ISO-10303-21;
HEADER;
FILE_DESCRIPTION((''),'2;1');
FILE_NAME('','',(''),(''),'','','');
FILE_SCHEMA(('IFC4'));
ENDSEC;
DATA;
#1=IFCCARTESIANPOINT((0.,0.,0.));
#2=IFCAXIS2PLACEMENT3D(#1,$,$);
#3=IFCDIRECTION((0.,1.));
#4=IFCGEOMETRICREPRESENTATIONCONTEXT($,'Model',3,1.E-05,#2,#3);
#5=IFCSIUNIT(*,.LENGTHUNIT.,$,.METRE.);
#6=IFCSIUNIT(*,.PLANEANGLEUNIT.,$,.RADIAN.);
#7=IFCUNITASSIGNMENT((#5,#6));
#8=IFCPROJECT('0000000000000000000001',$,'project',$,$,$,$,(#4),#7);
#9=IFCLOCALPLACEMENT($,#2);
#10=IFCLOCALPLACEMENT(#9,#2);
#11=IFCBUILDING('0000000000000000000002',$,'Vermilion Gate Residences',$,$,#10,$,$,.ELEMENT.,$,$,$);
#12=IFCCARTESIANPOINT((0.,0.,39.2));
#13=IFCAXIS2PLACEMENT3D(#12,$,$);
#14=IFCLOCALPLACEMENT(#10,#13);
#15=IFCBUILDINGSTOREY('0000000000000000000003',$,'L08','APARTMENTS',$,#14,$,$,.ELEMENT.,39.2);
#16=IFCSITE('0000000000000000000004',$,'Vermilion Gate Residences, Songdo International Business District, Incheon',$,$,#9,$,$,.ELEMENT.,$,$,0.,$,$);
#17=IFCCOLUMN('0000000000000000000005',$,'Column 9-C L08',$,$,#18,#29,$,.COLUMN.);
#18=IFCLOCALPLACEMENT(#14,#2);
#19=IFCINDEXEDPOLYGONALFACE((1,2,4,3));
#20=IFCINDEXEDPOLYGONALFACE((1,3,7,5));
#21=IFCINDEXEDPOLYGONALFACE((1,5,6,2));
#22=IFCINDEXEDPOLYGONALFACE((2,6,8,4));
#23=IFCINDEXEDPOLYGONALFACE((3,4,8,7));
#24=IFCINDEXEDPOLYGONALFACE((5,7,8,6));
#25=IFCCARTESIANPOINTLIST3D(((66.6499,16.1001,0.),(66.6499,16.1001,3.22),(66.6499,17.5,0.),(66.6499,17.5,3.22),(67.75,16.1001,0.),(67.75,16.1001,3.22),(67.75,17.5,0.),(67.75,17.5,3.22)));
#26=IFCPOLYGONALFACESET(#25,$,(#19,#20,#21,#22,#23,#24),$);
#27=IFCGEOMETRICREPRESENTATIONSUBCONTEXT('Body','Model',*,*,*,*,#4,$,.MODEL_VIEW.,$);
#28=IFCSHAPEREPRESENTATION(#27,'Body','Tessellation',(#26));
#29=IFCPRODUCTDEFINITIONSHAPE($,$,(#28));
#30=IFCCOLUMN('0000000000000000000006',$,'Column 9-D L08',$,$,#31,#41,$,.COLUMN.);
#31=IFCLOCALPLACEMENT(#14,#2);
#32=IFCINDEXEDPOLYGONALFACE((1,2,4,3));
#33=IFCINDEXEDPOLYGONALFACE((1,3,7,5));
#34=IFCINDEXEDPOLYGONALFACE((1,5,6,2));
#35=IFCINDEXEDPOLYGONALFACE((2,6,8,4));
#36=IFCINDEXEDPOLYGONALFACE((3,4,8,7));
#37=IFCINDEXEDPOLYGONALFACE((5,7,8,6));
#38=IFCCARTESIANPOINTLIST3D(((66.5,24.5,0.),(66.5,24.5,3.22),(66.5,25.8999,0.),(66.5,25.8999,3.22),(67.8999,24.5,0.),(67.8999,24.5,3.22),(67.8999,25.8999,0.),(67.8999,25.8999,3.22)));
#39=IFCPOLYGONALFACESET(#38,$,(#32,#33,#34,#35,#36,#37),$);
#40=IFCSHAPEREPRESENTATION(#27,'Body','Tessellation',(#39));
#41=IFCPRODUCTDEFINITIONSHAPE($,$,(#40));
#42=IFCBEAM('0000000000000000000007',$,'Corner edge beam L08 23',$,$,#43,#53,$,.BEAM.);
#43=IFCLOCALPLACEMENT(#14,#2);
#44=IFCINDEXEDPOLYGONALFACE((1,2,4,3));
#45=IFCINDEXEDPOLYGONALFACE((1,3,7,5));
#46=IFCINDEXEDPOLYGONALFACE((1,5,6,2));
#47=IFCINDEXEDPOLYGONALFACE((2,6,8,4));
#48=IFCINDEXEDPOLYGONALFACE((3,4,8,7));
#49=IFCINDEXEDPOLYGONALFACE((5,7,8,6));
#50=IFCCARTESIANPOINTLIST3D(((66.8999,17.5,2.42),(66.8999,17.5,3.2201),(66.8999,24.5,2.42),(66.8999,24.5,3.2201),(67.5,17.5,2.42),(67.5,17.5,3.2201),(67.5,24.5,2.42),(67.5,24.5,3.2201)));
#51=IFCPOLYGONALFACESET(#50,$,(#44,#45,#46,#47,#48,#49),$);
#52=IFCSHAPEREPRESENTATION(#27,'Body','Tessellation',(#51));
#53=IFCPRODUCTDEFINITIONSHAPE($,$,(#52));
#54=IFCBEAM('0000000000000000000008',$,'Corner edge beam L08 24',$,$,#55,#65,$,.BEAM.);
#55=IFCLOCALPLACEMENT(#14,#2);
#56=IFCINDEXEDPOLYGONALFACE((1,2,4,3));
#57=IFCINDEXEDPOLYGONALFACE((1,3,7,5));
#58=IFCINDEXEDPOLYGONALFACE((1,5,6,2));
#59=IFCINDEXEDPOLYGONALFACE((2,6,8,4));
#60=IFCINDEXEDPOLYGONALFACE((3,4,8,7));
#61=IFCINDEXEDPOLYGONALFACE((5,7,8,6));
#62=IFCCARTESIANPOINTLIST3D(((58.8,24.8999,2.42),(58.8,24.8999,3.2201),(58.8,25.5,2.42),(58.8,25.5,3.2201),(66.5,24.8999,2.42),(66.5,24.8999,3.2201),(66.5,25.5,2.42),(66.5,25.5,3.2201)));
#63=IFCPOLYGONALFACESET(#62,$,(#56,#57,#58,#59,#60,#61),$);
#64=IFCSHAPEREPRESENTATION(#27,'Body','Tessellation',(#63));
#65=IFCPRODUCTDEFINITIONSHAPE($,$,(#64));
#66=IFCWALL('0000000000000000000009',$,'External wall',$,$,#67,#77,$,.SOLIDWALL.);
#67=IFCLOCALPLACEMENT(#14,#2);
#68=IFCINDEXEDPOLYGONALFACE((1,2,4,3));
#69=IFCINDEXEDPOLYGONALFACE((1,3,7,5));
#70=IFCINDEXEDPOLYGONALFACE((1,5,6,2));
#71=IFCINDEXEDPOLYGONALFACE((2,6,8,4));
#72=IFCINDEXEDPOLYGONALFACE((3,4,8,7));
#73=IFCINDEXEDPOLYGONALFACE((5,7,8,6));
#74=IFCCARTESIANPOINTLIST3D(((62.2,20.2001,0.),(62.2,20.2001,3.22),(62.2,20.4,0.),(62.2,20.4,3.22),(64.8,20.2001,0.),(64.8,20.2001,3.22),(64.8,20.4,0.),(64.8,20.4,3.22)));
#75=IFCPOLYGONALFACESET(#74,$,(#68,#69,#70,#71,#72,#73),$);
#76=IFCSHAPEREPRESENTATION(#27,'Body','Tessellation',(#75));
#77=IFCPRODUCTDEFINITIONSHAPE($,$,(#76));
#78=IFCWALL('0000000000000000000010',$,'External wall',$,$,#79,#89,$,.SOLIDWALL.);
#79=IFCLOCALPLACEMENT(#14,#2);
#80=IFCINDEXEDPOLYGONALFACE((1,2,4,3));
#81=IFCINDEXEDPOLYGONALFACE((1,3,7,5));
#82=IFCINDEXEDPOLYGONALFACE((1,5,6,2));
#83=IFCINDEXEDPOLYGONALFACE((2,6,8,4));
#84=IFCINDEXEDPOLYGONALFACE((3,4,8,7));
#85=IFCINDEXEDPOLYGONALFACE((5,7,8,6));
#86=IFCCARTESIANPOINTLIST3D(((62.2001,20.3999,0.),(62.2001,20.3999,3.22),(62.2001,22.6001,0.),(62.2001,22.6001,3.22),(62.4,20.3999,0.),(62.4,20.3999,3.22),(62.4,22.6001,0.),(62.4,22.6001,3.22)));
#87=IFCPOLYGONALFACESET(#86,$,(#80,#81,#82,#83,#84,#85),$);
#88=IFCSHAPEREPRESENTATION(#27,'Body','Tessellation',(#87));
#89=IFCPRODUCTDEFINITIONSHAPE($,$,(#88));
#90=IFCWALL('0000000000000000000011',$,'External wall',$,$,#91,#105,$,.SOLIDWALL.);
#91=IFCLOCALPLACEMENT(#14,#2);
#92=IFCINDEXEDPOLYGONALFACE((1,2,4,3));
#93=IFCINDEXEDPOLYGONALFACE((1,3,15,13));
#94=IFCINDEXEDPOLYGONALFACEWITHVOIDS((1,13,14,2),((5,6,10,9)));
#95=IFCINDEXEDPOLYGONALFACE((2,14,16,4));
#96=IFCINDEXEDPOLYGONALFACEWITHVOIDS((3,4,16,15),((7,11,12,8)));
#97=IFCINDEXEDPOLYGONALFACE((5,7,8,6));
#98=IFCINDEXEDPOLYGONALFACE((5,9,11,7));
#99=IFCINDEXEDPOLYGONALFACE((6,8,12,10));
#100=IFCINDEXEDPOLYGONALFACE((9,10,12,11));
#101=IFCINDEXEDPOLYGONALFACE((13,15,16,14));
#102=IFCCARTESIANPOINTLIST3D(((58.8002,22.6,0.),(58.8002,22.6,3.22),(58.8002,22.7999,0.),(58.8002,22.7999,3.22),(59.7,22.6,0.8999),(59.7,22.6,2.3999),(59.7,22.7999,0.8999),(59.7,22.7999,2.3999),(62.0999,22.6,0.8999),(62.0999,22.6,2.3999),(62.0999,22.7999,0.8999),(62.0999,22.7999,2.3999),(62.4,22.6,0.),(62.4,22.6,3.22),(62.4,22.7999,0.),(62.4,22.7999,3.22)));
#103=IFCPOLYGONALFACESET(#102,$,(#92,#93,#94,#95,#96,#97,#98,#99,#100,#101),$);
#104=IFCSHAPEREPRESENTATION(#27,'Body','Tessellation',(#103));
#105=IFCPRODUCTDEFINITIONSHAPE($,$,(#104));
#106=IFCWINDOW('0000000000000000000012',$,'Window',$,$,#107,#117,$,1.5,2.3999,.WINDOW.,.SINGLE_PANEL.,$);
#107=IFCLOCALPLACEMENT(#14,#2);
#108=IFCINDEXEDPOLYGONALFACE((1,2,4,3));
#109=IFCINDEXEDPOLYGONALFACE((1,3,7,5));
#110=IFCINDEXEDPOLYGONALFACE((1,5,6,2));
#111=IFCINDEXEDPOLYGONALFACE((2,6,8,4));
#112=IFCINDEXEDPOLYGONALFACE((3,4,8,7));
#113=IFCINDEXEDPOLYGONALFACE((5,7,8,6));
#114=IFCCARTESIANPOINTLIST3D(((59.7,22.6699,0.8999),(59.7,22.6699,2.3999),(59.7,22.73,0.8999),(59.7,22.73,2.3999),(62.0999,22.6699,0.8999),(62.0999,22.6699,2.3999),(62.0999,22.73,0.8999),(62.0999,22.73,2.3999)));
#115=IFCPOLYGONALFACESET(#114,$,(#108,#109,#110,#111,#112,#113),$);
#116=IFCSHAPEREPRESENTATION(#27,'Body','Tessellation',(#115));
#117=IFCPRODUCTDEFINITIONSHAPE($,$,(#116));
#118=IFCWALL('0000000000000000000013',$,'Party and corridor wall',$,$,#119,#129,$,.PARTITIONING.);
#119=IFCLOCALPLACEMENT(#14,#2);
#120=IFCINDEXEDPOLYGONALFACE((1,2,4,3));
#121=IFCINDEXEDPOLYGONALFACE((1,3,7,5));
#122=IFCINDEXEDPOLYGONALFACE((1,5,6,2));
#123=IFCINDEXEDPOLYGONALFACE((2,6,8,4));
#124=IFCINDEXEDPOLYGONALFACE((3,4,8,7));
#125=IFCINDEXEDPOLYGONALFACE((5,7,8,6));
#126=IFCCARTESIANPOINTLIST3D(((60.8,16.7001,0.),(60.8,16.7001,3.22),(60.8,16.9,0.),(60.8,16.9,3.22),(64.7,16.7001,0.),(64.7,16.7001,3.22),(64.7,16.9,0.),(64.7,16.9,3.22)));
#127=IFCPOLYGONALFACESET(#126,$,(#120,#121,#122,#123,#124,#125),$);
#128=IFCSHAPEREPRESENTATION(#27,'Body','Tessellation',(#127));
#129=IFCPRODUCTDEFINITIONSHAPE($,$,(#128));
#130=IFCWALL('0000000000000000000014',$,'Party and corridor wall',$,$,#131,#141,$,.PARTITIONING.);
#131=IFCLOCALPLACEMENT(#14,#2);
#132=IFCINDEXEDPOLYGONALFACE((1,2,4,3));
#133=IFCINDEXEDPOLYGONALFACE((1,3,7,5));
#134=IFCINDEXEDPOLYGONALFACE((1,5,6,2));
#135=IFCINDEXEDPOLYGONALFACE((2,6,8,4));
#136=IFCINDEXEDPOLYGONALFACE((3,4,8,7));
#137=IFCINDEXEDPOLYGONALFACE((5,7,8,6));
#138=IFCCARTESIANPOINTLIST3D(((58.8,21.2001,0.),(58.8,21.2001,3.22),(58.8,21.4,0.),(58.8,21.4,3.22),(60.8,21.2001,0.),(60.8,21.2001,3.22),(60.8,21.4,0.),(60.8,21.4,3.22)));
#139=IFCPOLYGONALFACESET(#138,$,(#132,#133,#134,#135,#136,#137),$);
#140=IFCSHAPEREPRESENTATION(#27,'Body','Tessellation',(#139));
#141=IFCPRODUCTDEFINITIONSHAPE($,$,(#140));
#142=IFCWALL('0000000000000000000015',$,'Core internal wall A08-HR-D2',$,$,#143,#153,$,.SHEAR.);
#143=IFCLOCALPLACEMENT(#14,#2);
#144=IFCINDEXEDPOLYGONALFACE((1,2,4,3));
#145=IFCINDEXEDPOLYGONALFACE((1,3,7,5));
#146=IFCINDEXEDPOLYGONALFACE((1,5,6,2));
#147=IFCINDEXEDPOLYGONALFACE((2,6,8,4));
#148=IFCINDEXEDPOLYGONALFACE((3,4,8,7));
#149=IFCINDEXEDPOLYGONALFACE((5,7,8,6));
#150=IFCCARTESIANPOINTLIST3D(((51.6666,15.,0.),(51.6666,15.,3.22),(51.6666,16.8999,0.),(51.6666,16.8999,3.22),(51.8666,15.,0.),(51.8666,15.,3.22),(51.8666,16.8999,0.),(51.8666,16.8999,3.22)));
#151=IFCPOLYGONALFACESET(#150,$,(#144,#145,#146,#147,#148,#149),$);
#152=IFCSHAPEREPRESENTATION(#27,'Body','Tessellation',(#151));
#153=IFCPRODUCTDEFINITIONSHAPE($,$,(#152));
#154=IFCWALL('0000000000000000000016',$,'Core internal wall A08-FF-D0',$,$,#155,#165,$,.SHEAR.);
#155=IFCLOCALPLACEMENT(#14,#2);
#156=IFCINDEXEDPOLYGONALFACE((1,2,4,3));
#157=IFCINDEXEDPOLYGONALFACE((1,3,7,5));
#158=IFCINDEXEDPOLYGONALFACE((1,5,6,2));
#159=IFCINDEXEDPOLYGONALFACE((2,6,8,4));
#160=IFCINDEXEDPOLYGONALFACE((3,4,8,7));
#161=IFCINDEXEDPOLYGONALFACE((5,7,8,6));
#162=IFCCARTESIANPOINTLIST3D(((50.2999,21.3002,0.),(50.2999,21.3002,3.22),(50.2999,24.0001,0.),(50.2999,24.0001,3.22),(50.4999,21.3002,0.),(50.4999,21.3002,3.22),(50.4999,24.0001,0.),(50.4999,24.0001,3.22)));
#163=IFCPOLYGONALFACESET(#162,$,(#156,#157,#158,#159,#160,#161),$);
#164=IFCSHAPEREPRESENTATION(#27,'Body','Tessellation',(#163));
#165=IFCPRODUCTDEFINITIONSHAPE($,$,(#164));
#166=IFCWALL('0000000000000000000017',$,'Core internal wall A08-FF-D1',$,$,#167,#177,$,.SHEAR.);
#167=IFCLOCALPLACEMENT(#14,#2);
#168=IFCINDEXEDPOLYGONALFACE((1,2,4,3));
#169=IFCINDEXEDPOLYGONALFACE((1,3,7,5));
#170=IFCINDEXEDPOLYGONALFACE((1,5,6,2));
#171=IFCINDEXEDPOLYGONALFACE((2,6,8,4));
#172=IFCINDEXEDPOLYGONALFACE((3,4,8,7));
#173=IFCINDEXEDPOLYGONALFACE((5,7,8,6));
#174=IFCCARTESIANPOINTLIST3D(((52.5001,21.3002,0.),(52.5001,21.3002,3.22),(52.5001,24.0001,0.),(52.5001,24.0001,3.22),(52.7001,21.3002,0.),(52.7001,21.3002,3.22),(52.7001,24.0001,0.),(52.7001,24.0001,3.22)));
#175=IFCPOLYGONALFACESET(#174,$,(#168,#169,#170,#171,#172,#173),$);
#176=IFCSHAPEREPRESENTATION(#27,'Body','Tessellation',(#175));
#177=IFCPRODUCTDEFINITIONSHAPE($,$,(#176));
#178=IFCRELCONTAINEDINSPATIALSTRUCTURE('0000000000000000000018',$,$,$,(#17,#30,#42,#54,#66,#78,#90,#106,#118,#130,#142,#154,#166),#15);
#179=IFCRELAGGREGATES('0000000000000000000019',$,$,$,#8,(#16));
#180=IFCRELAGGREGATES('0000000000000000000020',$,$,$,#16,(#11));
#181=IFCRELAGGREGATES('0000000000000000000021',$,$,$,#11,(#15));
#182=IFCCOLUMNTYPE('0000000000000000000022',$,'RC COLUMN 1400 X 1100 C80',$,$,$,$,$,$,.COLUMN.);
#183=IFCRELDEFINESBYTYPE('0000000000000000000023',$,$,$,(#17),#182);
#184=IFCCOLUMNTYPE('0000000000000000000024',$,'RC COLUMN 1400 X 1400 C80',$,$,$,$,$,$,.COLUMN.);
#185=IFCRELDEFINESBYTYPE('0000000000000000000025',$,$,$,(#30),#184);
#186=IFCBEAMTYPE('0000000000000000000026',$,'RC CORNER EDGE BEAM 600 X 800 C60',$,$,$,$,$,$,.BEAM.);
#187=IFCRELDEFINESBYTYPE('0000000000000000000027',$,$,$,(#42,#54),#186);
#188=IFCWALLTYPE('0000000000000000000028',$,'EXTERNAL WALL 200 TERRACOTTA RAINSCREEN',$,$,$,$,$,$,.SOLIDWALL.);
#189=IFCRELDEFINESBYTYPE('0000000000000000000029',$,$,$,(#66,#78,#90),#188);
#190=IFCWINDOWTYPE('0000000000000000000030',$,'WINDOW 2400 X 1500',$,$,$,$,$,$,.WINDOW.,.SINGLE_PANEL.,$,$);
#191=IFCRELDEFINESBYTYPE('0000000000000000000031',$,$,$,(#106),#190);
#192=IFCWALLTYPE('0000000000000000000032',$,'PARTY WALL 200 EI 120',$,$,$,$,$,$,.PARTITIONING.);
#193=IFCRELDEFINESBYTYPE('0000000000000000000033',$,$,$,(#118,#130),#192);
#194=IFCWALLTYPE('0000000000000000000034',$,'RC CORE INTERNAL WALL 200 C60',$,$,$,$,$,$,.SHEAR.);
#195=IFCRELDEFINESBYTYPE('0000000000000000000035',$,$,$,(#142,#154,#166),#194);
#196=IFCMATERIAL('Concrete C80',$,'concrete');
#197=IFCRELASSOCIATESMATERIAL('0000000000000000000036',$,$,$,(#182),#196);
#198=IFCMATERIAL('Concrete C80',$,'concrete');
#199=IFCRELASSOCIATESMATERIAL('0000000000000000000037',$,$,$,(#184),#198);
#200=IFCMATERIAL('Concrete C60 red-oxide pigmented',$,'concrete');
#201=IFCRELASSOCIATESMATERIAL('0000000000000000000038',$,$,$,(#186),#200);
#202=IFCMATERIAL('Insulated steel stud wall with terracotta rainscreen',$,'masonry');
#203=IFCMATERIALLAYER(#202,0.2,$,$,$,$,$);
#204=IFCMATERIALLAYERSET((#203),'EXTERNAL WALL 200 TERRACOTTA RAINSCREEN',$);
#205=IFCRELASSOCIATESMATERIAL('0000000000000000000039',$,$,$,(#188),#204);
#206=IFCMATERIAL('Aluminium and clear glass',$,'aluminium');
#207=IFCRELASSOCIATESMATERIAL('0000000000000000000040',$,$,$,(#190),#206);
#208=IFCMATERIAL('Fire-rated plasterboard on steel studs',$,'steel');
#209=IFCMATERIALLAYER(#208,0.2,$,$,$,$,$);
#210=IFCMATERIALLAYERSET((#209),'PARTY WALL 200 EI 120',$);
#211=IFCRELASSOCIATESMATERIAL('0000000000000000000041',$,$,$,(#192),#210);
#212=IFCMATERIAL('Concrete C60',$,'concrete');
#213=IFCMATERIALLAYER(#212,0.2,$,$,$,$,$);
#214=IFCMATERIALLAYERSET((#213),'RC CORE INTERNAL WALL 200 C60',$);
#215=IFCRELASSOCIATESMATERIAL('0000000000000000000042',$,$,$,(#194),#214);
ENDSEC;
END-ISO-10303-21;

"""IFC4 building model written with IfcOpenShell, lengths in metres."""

from ifc_helpers import new_model, si_unit, direction, frame, frame_2d, origin, origin_2d, place, context, subcontext, project, spatial, rectangle, extrude, material, layer, layer_set, material_profile, profile_set, type_object, element, fill, save


model = new_model("IFC4")

# Units and contexts
model_context = context("Model", 3, precision=1e-05, world=origin(), true_north=direction((0.0, 1.0)))
body_context = subcontext(model_context, "Body", "Model", "MODEL_VIEW")
ifc_project = project(units=[si_unit("LENGTHUNIT", "METRE"), si_unit("PLANEANGLEUNIT", "RADIAN")], contexts=[model_context])

# Site, building, storey
site_placement = place(None, origin())
site = spatial("IfcSite", under=ifc_project, at=site_placement, Name="Vermilion Gate Residences, Songdo International Business District, Incheon", CompositionType="ELEMENT", RefElevation=0.0)
building_placement = place(site_placement, origin())
building = spatial("IfcBuilding", under=site, at=building_placement, Name="Vermilion Gate Residences", CompositionType="ELEMENT")
storey_placement = place(building_placement, frame((0.0, 0.0, 39.2)))
storey = spatial("IfcBuildingStorey", under=building, at=storey_placement, Name="L08", Description="APARTMENTS", CompositionType="ELEMENT", Elevation=39.2)

# Columns
ifc_material_1 = material(Name="Concrete C80", Category="concrete")
ifc_material_profile_1 = material_profile(ifc_material_1, rectangle(XDim=1.3999, YDim=1.1001, at=origin_2d()), Name="RC-1400x1100")
ifc_profile_set_1 = profile_set([ifc_material_profile_1], Name="Concrete C80")
column_type_1 = type_object("IfcColumnType", Name="RC COLUMN 1400 X 1100 C80", PredefinedType="COLUMN", material=ifc_profile_set_1)
column_1_placement = place(storey_placement, frame((67.2, 16.8, 0.0), z_axis=(0.0, 0.0, 1.0), x_axis=(0.0, 1.0, 0.0)))
element("IfcColumn", 1, at=column_1_placement, inside=storey, type_object=column_type_1, Name="Column 9-C L08", PredefinedType="COLUMN", context=body_context, shape_type="SweptSolid", body=[
    extrude(rectangle(XDim=1.3999, YDim=1.1001, at=origin_2d()), origin(), (0.0, 0.0, 1.0), 3.22),
])
ifc_material_2 = material(Name="Concrete C80", Category="concrete")
ifc_material_profile_2 = material_profile(ifc_material_2, rectangle(XDim=1.3999, YDim=1.3999, at=origin_2d()), Name="RC-1400x1400")
ifc_profile_set_2 = profile_set([ifc_material_profile_2], Name="Concrete C80")
column_type_2 = type_object("IfcColumnType", Name="RC COLUMN 1400 X 1400 C80", PredefinedType="COLUMN", material=ifc_profile_set_2)
column_2_placement = place(storey_placement, frame((67.2, 25.2, 0.0), z_axis=(0.0, 0.0, 1.0), x_axis=(1.0, 0.0, 0.0)))
element("IfcColumn", 2, at=column_2_placement, inside=storey, type_object=column_type_2, Name="Column 9-D L08", PredefinedType="COLUMN", context=body_context, shape_type="SweptSolid", body=[
    extrude(rectangle(XDim=1.3999, YDim=1.3999, at=origin_2d()), origin(), (0.0, 0.0, 1.0), 3.22),
])

# Beams
ifc_material_3 = material(Name="Concrete C60 red-oxide pigmented", Category="concrete")
ifc_material_profile_3 = material_profile(ifc_material_3, rectangle(XDim=0.6001, YDim=0.8, at=origin_2d()), Name="RC-600x800")
ifc_profile_set_3 = profile_set([ifc_material_profile_3], Name="Concrete C60 red-oxide pigmented")
beam_type = type_object("IfcBeamType", Name="RC CORNER EDGE BEAM 600 X 800 C60", PredefinedType="BEAM", material=ifc_profile_set_3)
beam_1_placement = place(storey_placement, frame((67.2, 17.5, 2.8201), z_axis=(0.0, 1.0, 0.0), x_axis=(-1.0, 0.0, 0.0)))
element("IfcBeam", 3, at=beam_1_placement, inside=storey, type_object=beam_type, Name="Corner edge beam L08 23", PredefinedType="BEAM", context=body_context, shape_type="SweptSolid", body=[
    extrude(rectangle(XDim=0.6001, YDim=0.8, at=origin_2d()), origin(), (0.0, 0.0, 1.0), 7.0),
])
beam_2_placement = place(storey_placement, frame((58.8, 25.2, 2.8201), z_axis=(1.0, 0.0, 0.0), x_axis=(0.0, 1.0, 0.0)))
element("IfcBeam", 4, at=beam_2_placement, inside=storey, type_object=beam_type, Name="Corner edge beam L08 24", PredefinedType="BEAM", context=body_context, shape_type="SweptSolid", body=[
    extrude(rectangle(XDim=0.6001, YDim=0.8, at=origin_2d()), origin(), (0.0, 0.0, 1.0), 7.7),
])

# Walls
ifc_material_4 = material(Name="Insulated steel stud wall with terracotta rainscreen", Category="masonry")
ifc_layer_1 = layer(ifc_material_4, 0.2)
ifc_layer_set_1 = layer_set([ifc_layer_1], Name="EXTERNAL WALL 200 TERRACOTTA RAINSCREEN")
wall_type_1 = type_object("IfcWallType", Name="EXTERNAL WALL 200 TERRACOTTA RAINSCREEN", PredefinedType="SOLIDWALL", material=ifc_layer_set_1)
wall_1_placement = place(storey_placement, frame((64.8, 20.3, 0.0), z_axis=(0.0, 0.0, 1.0), x_axis=(-1.0, 0.0, 0.0)))
element("IfcWall", 5, at=wall_1_placement, inside=storey, type_object=wall_type_1, Name="External wall", PredefinedType="SOLIDWALL", context=body_context, shape_type="SweptSolid", body=[
    extrude(rectangle(XDim=2.6001, YDim=0.2, at=frame_2d((1.3, 0.0))), origin(), (0.0, 0.0, 1.0), 3.22),
])
wall_2_placement = place(storey_placement, frame((62.3, 20.3999, 0.0), z_axis=(0.0, 0.0, 1.0), x_axis=(0.0, 1.0, 0.0)))
element("IfcWall", 6, at=wall_2_placement, inside=storey, type_object=wall_type_1, Name="External wall", PredefinedType="SOLIDWALL", context=body_context, shape_type="SweptSolid", body=[
    extrude(rectangle(XDim=2.2002, YDim=0.2, at=frame_2d((1.1001, 0.0))), origin(), (0.0, 0.0, 1.0), 3.22),
])

# Wall, opening, window
wall_3_placement = place(storey_placement, frame((62.3999, 22.7, 0.0), z_axis=(0.0, 0.0, 1.0), x_axis=(-1.0, 0.0, 0.0)))
wall_3 = element("IfcWall", 7, at=wall_3_placement, inside=storey, type_object=wall_type_1, Name="External wall", PredefinedType="SOLIDWALL", context=body_context, shape_type="SweptSolid", body=[
    extrude(rectangle(XDim=3.5999, YDim=0.2, at=frame_2d((1.7998, 0.0))), origin(), (0.0, 0.0, 1.0), 3.22),
])
opening_1_placement = place(wall_3_placement, frame((0.3, 0.0, 0.8999)))
opening_1 = element("IfcOpeningElement", 8, at=opening_1_placement, cuts=wall_3, PredefinedType="OPENING", context=body_context, shape_type="SweptSolid", body=[
    extrude(rectangle(XDim=2.3999, YDim=1.5, at=frame_2d((1.2, 0.75))), frame((0.0, 0.1099, 0.0), z_axis=(0.0, -1.0, 0.0), x_axis=(1.0, 0.0, 0.0)), (0.0, 0.0, 1.0), 0.22),
])
ifc_material_5 = material(Name="Aluminium and clear glass", Category="aluminium")
window_type = type_object("IfcWindowType", Name="WINDOW 2400 X 1500", PartitioningType="SINGLE_PANEL", PredefinedType="WINDOW", material=ifc_material_5)
window_placement = place(opening_1_placement, origin())
window = element("IfcWindow", 9, at=window_placement, inside=storey, type_object=window_type, Name="Window", OverallHeight=1.5, OverallWidth=2.3999, PartitioningType="SINGLE_PANEL", PredefinedType="WINDOW", context=body_context, shape_type="SweptSolid", body=[
    extrude(rectangle(XDim=2.3999, YDim=1.5, at=frame_2d((1.2, 0.75))), frame((0.0, 0.03, 0.0), z_axis=(0.0, -1.0, 0.0), x_axis=(1.0, 0.0, 0.0)), (0.0, 0.0, 1.0), 0.0601),
])
fill(opening_1, window)

# Walls
ifc_material_6 = material(Name="Fire-rated plasterboard on steel studs", Category="steel")
ifc_layer_2 = layer(ifc_material_6, 0.2)
ifc_layer_set_2 = layer_set([ifc_layer_2], Name="PARTY WALL 200 EI 120")
wall_type_2 = type_object("IfcWallType", Name="PARTY WALL 200 EI 120", PredefinedType="PARTITIONING", material=ifc_layer_set_2)
wall_4_placement = place(storey_placement, frame((60.8, 16.8, 0.0), z_axis=(0.0, 0.0, 1.0), x_axis=(1.0, 0.0, 0.0)))
element("IfcWall", 10, at=wall_4_placement, inside=storey, type_object=wall_type_2, Name="Party and corridor wall", PredefinedType="PARTITIONING", context=body_context, shape_type="SweptSolid", body=[
    extrude(rectangle(XDim=3.8999, YDim=0.2, at=frame_2d((1.95, 0.0))), origin(), (0.0, 0.0, 1.0), 3.22),
])
wall_5_placement = place(storey_placement, frame((58.8, 21.3, 0.0), z_axis=(0.0, 0.0, 1.0), x_axis=(1.0, 0.0, 0.0)))
element("IfcWall", 11, at=wall_5_placement, inside=storey, type_object=wall_type_2, Name="Party and corridor wall", PredefinedType="PARTITIONING", context=body_context, shape_type="SweptSolid", body=[
    extrude(rectangle(XDim=2.0, YDim=0.2, at=frame_2d((1.0, 0.0))), origin(), (0.0, 0.0, 1.0), 3.22),
])
ifc_material_7 = material(Name="Concrete C60", Category="concrete")
ifc_layer_3 = layer(ifc_material_7, 0.2)
ifc_layer_set_3 = layer_set([ifc_layer_3], Name="RC CORE INTERNAL WALL 200 C60")
wall_type_3 = type_object("IfcWallType", Name="RC CORE INTERNAL WALL 200 C60", PredefinedType="SHEAR", material=ifc_layer_set_3)
wall_6_placement = place(storey_placement, frame((51.7666, 15.0, 0.0), z_axis=(0.0, 0.0, 1.0), x_axis=(0.0, 1.0, 0.0)))
element("IfcWall", 12, at=wall_6_placement, inside=storey, type_object=wall_type_3, Name="Core internal wall A08-HR-D2", PredefinedType="SHEAR", context=body_context, shape_type="SweptSolid", body=[
    extrude(rectangle(XDim=1.8999, YDim=0.2, at=frame_2d((0.95, 0.0))), origin(), (0.0, 0.0, 1.0), 3.22),
])
for number, where, z_axis, x_axis, name in (
    (13, (50.3999, 21.3, 0.0), (0.0, 0.0, 1.0), (0.0, 1.0, 0.0), "Core internal wall A08-FF-D0"),
    (14, (52.6001, 21.3, 0.0), (0.0, 0.0, 1.0), (0.0, 1.0, 0.0), "Core internal wall A08-FF-D1"),
):
    element("IfcWall", number, at=place(storey_placement, frame(where, z_axis=z_axis, x_axis=x_axis)), inside=storey, type_object=wall_type_3, Name=name, PredefinedType="SHEAR", context=body_context, shape_type="SweptSolid", body=[
        extrude(rectangle(XDim=2.7, YDim=0.2, at=frame_2d((1.3501, 0.0))), origin(), (0.0, 0.0, 1.0), 3.22),
    ])

save(model, "model.ifc")
